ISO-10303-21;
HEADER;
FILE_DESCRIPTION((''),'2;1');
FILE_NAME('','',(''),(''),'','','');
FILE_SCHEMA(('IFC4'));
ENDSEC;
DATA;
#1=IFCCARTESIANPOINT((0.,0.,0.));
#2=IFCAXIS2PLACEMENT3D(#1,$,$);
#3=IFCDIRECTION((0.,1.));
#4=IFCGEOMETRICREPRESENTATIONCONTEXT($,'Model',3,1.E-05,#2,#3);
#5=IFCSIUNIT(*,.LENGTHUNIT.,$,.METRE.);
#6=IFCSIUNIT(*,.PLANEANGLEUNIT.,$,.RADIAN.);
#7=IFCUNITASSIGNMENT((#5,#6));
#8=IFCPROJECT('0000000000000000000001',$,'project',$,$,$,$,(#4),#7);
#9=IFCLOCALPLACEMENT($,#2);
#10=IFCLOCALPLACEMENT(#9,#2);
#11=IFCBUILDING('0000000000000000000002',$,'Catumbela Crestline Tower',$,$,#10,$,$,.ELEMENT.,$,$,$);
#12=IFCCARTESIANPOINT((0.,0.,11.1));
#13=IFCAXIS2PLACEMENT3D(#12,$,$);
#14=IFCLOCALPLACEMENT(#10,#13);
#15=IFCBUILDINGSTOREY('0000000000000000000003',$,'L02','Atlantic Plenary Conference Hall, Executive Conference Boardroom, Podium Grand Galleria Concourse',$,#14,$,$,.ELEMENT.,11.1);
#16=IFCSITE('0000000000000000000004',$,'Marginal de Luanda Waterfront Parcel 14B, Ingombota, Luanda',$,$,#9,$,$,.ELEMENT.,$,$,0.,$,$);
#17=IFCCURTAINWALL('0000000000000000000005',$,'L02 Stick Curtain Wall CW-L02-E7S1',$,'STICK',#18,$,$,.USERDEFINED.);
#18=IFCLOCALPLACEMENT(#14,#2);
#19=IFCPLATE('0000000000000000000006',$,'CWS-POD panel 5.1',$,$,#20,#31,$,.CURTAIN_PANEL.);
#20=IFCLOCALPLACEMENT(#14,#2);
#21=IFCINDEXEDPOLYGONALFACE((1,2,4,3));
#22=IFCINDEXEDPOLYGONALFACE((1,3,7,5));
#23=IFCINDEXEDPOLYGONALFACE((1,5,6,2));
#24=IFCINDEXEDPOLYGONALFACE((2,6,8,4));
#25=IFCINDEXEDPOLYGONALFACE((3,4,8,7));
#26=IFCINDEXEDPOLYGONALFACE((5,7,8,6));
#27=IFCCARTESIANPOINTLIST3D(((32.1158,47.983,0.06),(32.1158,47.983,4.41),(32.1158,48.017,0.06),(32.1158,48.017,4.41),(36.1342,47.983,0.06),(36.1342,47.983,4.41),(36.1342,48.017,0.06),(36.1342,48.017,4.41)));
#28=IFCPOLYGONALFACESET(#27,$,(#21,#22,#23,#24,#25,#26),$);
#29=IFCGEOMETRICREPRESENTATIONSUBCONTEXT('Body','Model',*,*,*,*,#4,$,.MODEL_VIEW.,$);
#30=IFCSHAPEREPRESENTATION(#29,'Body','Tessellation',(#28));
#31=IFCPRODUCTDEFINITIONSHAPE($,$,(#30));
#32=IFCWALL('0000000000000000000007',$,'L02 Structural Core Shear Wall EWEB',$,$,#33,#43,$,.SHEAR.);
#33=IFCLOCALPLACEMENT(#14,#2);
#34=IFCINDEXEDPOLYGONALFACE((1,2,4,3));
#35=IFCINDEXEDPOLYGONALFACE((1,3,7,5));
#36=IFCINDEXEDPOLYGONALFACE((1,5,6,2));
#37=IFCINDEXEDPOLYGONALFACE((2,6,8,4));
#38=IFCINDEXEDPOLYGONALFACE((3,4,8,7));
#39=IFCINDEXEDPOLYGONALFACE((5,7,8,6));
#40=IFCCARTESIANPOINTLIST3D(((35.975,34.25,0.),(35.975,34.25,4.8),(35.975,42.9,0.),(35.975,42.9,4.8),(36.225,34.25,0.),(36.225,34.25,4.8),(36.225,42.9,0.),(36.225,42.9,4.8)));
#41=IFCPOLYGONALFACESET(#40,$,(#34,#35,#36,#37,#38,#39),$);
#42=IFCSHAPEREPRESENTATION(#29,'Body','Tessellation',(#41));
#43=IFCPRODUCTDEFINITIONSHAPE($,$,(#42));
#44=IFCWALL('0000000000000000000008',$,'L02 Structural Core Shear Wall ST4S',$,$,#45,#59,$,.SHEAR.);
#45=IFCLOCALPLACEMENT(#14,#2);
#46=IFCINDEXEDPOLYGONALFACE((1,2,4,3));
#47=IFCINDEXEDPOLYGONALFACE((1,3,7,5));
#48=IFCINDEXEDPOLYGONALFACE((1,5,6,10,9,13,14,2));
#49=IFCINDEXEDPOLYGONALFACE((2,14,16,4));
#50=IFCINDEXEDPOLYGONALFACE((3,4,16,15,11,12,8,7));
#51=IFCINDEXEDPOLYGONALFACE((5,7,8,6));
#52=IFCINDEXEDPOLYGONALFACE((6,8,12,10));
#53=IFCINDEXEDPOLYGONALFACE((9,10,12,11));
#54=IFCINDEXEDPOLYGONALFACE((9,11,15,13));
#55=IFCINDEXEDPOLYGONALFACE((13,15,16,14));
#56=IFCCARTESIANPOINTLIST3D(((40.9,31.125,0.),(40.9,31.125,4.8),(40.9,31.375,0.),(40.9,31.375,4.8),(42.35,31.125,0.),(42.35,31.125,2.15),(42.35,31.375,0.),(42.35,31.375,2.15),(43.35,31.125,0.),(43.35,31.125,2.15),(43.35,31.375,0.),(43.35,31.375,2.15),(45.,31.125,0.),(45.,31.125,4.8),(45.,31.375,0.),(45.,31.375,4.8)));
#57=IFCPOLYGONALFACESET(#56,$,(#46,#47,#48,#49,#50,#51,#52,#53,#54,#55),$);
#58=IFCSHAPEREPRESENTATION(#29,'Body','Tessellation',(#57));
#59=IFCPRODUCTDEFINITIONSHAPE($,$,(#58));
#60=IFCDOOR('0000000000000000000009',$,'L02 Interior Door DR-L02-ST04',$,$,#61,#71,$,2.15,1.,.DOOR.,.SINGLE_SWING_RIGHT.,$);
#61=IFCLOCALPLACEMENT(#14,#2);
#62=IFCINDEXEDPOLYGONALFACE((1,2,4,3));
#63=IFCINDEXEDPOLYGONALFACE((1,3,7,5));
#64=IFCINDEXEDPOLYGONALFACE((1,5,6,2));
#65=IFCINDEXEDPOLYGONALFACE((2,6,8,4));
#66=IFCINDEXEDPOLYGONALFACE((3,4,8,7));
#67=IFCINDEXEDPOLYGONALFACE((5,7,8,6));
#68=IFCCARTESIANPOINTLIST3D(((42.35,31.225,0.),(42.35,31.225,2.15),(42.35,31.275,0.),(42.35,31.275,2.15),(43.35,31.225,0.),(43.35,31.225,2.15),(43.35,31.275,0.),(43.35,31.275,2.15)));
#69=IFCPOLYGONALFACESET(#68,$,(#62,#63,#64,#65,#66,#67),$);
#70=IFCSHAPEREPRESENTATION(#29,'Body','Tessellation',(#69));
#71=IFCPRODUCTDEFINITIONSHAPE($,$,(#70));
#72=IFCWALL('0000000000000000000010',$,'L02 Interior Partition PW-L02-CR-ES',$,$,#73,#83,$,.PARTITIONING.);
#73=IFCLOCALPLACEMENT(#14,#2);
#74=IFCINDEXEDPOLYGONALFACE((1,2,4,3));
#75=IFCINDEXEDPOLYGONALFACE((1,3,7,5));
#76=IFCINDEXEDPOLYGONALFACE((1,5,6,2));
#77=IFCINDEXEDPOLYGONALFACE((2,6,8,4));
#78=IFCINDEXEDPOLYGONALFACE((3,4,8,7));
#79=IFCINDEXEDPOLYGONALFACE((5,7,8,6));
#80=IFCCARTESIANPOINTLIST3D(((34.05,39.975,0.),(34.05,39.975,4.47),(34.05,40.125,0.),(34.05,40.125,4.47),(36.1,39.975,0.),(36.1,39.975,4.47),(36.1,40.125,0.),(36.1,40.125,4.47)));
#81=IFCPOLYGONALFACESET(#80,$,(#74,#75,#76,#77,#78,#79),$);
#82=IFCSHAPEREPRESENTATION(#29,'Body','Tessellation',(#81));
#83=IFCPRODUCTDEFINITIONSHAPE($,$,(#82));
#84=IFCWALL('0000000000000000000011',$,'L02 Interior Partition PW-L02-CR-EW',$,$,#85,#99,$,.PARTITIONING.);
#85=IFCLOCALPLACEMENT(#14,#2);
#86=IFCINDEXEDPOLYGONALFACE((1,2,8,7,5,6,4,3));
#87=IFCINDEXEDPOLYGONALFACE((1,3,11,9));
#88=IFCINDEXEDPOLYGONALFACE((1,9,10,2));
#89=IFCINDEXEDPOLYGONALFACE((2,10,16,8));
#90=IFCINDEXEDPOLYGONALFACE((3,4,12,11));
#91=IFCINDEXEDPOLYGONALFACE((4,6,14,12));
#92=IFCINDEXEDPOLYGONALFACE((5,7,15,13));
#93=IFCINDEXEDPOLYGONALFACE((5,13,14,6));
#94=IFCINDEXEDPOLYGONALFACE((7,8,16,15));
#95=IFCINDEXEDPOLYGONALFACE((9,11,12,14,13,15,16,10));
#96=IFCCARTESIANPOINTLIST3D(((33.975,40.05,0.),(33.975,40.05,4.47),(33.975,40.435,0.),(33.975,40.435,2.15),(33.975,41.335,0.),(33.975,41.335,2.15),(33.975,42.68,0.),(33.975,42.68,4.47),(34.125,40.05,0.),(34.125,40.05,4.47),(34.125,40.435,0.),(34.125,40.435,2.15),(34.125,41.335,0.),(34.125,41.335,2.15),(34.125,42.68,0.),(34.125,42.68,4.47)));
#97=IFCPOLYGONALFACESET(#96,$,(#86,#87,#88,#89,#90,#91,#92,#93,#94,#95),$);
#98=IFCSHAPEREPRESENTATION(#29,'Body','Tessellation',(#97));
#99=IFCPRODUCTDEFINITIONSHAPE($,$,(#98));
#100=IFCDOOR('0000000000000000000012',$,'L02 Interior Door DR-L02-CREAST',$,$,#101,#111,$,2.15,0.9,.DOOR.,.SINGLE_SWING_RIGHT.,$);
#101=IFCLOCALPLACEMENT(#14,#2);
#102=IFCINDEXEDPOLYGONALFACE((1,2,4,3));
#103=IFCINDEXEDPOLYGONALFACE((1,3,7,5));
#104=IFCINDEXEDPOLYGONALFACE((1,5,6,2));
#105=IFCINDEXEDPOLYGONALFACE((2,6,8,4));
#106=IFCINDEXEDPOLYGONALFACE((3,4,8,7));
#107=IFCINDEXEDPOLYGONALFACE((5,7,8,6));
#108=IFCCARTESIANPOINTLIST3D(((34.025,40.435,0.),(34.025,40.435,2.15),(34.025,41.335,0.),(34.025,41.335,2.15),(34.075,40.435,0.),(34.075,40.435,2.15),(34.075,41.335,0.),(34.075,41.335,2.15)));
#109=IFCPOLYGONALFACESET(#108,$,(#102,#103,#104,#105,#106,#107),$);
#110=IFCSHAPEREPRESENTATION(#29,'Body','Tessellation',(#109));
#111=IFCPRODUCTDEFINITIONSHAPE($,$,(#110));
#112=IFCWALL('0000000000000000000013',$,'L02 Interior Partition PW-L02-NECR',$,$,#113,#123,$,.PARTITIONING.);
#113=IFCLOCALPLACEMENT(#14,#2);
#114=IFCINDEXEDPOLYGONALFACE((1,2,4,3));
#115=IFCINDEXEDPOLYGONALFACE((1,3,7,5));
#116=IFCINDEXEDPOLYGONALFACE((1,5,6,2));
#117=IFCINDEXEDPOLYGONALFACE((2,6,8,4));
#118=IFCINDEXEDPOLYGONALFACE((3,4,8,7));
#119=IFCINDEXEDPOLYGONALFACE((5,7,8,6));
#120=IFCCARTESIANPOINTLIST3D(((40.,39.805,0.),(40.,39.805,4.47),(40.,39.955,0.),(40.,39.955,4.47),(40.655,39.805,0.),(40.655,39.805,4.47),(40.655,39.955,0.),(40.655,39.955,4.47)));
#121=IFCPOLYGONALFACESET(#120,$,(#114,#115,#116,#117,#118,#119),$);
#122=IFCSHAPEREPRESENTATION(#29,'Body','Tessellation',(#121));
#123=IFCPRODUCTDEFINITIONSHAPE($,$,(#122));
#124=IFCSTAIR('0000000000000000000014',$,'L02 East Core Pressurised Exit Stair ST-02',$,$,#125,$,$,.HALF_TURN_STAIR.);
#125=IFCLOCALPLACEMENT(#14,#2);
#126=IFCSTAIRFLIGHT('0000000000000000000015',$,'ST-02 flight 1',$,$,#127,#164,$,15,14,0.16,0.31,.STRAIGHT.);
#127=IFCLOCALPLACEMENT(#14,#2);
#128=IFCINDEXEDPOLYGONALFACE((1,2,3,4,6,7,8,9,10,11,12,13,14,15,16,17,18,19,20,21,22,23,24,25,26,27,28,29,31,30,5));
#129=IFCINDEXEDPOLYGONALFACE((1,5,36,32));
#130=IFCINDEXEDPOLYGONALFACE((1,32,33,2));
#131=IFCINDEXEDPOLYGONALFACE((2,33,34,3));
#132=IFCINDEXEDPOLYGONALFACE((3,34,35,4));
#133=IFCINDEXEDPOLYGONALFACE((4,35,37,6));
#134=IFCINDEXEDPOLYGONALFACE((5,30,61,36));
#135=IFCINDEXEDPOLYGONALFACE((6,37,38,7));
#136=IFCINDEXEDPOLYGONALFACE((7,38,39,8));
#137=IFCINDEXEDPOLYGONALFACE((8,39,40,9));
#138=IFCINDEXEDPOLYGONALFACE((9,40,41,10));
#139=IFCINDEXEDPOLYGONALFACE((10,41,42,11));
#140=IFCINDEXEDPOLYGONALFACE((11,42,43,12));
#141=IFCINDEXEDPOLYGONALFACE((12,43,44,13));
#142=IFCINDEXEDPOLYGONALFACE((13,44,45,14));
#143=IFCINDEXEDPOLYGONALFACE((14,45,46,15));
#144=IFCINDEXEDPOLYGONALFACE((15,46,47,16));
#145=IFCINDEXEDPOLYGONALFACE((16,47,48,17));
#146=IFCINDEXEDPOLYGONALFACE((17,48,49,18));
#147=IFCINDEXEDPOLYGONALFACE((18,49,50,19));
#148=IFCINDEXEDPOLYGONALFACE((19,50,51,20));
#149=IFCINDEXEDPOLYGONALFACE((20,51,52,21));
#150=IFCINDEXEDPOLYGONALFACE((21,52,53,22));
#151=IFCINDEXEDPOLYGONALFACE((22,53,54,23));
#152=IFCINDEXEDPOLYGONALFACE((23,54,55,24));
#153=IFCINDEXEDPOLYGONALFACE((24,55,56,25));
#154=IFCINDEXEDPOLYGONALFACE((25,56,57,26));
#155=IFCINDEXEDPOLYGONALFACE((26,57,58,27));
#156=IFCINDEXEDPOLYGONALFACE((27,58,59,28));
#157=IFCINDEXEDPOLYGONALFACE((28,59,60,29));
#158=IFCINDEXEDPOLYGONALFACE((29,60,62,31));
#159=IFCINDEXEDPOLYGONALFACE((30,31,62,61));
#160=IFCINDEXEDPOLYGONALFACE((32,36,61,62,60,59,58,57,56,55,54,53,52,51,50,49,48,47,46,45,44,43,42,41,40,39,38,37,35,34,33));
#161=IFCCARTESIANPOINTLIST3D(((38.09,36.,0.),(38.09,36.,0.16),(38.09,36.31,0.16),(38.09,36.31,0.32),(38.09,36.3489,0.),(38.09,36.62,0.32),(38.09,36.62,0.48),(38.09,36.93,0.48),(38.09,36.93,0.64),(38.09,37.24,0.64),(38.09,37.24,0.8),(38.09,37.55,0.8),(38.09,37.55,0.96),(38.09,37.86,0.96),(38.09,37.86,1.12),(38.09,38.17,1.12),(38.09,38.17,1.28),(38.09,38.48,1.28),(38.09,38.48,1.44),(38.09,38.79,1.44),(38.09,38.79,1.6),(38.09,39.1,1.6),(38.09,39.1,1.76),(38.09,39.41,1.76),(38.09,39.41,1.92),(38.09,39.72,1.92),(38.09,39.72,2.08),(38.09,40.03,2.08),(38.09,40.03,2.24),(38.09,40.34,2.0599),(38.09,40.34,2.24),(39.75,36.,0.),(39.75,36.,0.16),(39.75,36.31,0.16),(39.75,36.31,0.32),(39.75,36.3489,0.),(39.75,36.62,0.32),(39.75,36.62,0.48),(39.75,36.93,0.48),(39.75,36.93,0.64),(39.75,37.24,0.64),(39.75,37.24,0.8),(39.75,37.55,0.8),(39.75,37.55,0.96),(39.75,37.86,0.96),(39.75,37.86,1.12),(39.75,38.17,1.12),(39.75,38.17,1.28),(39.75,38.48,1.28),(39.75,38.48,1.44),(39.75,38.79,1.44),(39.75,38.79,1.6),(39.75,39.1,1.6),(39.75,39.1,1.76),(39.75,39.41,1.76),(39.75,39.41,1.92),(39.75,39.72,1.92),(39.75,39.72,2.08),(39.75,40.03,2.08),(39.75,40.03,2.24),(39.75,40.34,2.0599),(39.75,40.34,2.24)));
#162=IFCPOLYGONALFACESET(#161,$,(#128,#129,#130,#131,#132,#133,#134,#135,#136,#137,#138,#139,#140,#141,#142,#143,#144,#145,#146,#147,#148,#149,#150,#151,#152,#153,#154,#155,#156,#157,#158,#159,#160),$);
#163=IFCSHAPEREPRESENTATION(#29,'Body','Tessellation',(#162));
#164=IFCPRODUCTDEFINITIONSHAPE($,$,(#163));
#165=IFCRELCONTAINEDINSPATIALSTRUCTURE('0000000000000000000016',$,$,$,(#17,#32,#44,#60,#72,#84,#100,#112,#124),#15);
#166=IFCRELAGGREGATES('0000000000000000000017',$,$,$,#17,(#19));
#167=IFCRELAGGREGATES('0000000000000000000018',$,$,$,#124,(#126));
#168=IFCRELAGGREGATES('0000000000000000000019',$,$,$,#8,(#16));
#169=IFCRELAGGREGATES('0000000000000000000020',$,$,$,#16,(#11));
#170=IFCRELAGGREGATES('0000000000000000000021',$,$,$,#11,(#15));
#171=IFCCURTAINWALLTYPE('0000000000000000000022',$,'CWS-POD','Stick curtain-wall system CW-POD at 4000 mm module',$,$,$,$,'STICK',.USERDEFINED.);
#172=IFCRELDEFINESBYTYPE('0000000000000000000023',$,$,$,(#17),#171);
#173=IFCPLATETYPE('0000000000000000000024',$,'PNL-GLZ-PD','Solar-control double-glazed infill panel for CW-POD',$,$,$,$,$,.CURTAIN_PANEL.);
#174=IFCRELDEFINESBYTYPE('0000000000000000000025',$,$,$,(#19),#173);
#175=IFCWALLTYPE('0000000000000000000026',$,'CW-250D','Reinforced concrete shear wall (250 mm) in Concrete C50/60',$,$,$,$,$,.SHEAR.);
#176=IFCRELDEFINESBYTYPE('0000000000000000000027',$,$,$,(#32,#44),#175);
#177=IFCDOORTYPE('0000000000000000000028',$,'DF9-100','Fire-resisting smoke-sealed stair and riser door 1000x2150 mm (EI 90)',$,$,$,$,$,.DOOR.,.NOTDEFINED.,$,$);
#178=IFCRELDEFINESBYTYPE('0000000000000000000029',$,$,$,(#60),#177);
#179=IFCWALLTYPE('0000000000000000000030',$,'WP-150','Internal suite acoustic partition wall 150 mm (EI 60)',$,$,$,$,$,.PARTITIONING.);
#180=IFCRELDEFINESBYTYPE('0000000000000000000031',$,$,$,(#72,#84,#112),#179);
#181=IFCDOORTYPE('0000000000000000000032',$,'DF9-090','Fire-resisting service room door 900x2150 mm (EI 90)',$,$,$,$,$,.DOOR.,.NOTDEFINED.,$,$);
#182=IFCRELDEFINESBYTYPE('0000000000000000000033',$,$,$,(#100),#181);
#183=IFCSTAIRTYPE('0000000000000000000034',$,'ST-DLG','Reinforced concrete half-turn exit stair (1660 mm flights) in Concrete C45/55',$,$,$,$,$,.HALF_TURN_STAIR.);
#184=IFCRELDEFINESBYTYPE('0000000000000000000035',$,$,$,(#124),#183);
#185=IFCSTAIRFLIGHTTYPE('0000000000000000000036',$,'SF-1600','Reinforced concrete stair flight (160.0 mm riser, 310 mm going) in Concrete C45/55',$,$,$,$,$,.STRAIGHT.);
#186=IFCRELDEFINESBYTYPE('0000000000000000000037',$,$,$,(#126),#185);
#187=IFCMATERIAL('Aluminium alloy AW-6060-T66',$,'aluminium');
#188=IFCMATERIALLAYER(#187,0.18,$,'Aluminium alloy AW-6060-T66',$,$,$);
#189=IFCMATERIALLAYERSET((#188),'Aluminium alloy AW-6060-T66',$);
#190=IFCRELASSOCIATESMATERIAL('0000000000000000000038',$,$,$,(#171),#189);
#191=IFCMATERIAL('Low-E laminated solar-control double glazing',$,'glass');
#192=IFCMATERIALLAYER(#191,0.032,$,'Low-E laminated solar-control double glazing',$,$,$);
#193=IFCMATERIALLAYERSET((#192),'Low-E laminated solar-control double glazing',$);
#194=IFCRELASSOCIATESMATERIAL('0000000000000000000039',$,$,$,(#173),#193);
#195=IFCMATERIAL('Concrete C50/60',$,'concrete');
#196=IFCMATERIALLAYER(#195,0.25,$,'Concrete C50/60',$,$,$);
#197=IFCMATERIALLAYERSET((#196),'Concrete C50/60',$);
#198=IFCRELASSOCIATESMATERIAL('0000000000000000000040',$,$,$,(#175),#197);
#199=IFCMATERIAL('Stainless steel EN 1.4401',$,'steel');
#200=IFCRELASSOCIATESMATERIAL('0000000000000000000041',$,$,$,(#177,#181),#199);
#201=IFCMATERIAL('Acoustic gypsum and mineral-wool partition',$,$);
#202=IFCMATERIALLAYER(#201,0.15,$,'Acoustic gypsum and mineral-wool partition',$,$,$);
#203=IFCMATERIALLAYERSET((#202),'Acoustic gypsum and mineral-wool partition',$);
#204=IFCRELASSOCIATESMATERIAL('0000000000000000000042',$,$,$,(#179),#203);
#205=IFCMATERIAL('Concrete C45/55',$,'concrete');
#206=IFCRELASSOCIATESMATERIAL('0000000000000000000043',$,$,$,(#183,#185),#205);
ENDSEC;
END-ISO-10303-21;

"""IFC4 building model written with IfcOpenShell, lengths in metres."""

from ifc_helpers import new_model, si_unit, direction, frame, frame_2d, origin, origin_2d, place, context, subcontext, project, spatial, polyline, rectangle, outline, extrude, material, layer, layer_set, type_object, element, fill, aggregate, save


model = new_model("IFC4")

# Units and contexts
model_context = context("Model", 3, precision=1e-05, world=origin(), true_north=direction((0.0, 1.0)))
body_context = subcontext(model_context, "Body", "Model", "MODEL_VIEW")
ifc_project = project(units=[si_unit("LENGTHUNIT", "METRE"), si_unit("PLANEANGLEUNIT", "RADIAN")], contexts=[model_context])

# Site, building, storey
site_placement = place(None, origin())
site = spatial("IfcSite", under=ifc_project, at=site_placement, Name="Marginal de Luanda Waterfront Parcel 14B, Ingombota, Luanda", CompositionType="ELEMENT", RefElevation=0.0)
building_placement = place(site_placement, origin())
building = spatial("IfcBuilding", under=site, at=building_placement, Name="Catumbela Crestline Tower", CompositionType="ELEMENT")
storey_placement = place(building_placement, frame((0.0, 0.0, 11.1)))
storey = spatial("IfcBuildingStorey", under=building, at=storey_placement, Name="L02", Description="Atlantic Plenary Conference Hall, Executive Conference Boardroom, Podium Grand Galleria Concourse", CompositionType="ELEMENT", Elevation=11.1)

# Curtain wall
ifc_material_1 = material(Name="Aluminium alloy AW-6060-T66", Category="aluminium")
ifc_layer_1 = layer(ifc_material_1, 0.18, Name="Aluminium alloy AW-6060-T66")
ifc_layer_set_1 = layer_set([ifc_layer_1], Name="Aluminium alloy AW-6060-T66")
curtain_wall_type = type_object("IfcCurtainWallType", Name="CWS-POD", Description="Stick curtain-wall system CW-POD at 4000 mm module", ElementType="STICK", PredefinedType="USERDEFINED", material=ifc_layer_set_1)
curtain_wall_placement = place(storey_placement, origin())
curtain_wall = element("IfcCurtainWall", 1, at=curtain_wall_placement, inside=storey, type_object=curtain_wall_type, Name="L02 Stick Curtain Wall CW-L02-E7S1", ObjectType="STICK", PredefinedType="USERDEFINED")

# Plate
ifc_material_2 = material(Name="Low-E laminated solar-control double glazing", Category="glass")
ifc_layer_2 = layer(ifc_material_2, 0.032, Name="Low-E laminated solar-control double glazing")
ifc_layer_set_2 = layer_set([ifc_layer_2], Name="Low-E laminated solar-control double glazing")
plate_type = type_object("IfcPlateType", Name="PNL-GLZ-PD", Description="Solar-control double-glazed infill panel for CW-POD", PredefinedType="CURTAIN_PANEL", material=ifc_layer_set_2)
plate_1_placement = place(storey_placement, frame((34.125, 48.0, 0.06), z_axis=(0.0, 0.0, 1.0), x_axis=(-1.0, 0.0, 0.0)))
plate_1 = element("IfcPlate", 2, at=plate_1_placement, type_object=plate_type, Name="CWS-POD panel 5.1", PredefinedType="CURTAIN_PANEL", context=body_context, shape_type="SweptSolid", body=[
    extrude(rectangle(XDim=4.0183, YDim=0.034, at=origin_2d()), origin(), (0.0, 0.0, 1.0), 4.35),
])
aggregate(curtain_wall, [plate_1])

# Wall
ifc_material_3 = material(Name="Concrete C50/60", Category="concrete")
ifc_layer_3 = layer(ifc_material_3, 0.25, Name="Concrete C50/60")
ifc_layer_set_3 = layer_set([ifc_layer_3], Name="Concrete C50/60")
wall_type_1 = type_object("IfcWallType", Name="CW-250D", Description="Reinforced concrete shear wall (250 mm) in Concrete C50/60", PredefinedType="SHEAR", material=ifc_layer_set_3)
wall_1_placement = place(storey_placement, frame((36.1, 34.25, 0.0), z_axis=(0.0, 0.0, 1.0), x_axis=(0.0, 1.0, 0.0)))
element("IfcWall", 3, at=wall_1_placement, inside=storey, type_object=wall_type_1, Name="L02 Structural Core Shear Wall EWEB", PredefinedType="SHEAR", context=body_context, shape_type="SweptSolid", body=[
    extrude(rectangle(XDim=8.65, YDim=0.25, at=frame_2d((4.325, 0.0))), origin(), (0.0, 0.0, 1.0), 4.8),
])

# Wall, opening, door
wall_2_placement = place(storey_placement, frame((40.9, 31.25, 0.0), z_axis=(0.0, 0.0, 1.0), x_axis=(1.0, 0.0, 0.0)))
wall_2 = element("IfcWall", 4, at=wall_2_placement, inside=storey, type_object=wall_type_1, Name="L02 Structural Core Shear Wall ST4S", PredefinedType="SHEAR", context=body_context, shape_type="SweptSolid", body=[
    extrude(rectangle(XDim=4.1, YDim=0.25, at=frame_2d((2.05, 0.0))), origin(), (0.0, 0.0, 1.0), 4.8),
])
opening_1_placement = place(wall_2_placement, frame((1.45, 0.0, 0.0)))
opening_1 = element("IfcOpeningElement", 5, at=opening_1_placement, cuts=wall_2, PredefinedType="OPENING", context=body_context, shape_type="SweptSolid", body=[
    extrude(rectangle(XDim=1.0, YDim=2.15, at=frame_2d((0.5, 1.075))), frame((0.0, 0.135, 0.0), z_axis=(0.0, -1.0, 0.0), x_axis=(1.0, 0.0, 0.0)), (0.0, 0.0, 1.0), 0.27),
])
ifc_material_4 = material(Name="Stainless steel EN 1.4401", Category="steel")
door_type_1 = type_object("IfcDoorType", Name="DF9-100", Description="Fire-resisting smoke-sealed stair and riser door 1000x2150 mm (EI 90)", OperationType="NOTDEFINED", PredefinedType="DOOR", material=ifc_material_4)
door_1_placement = place(opening_1_placement, origin())
door_1 = element("IfcDoor", 6, at=door_1_placement, inside=storey, type_object=door_type_1, Name="L02 Interior Door DR-L02-ST04", OperationType="SINGLE_SWING_RIGHT", OverallHeight=2.15, OverallWidth=1.0, PredefinedType="DOOR", context=body_context, shape_type="SweptSolid", body=[
    extrude(rectangle(XDim=1.0, YDim=2.15, at=frame_2d((0.5, 1.075))), frame((0.0, 0.025, 0.0), z_axis=(0.0, -1.0, 0.0), x_axis=(1.0, 0.0, 0.0)), (0.0, 0.0, 1.0), 0.05),
])
fill(opening_1, door_1)

# Wall
ifc_material_5 = material(Name="Acoustic gypsum and mineral-wool partition")
ifc_layer_4 = layer(ifc_material_5, 0.15, Name="Acoustic gypsum and mineral-wool partition")
ifc_layer_set_4 = layer_set([ifc_layer_4], Name="Acoustic gypsum and mineral-wool partition")
wall_type_2 = type_object("IfcWallType", Name="WP-150", Description="Internal suite acoustic partition wall 150 mm (EI 60)", PredefinedType="PARTITIONING", material=ifc_layer_set_4)
wall_3_placement = place(storey_placement, frame((34.05, 40.05, 0.0), z_axis=(0.0, 0.0, 1.0), x_axis=(1.0, 0.0, 0.0)))
element("IfcWall", 7, at=wall_3_placement, inside=storey, type_object=wall_type_2, Name="L02 Interior Partition PW-L02-CR-ES", PredefinedType="PARTITIONING", context=body_context, shape_type="SweptSolid", body=[
    extrude(rectangle(XDim=2.05, YDim=0.15, at=frame_2d((1.025, 0.0))), origin(), (0.0, 0.0, 1.0), 4.47),
])

# Wall, opening, door
wall_4_placement = place(storey_placement, frame((34.05, 40.05, 0.0), z_axis=(0.0, 0.0, 1.0), x_axis=(0.0, 1.0, 0.0)))
wall_4 = element("IfcWall", 8, at=wall_4_placement, inside=storey, type_object=wall_type_2, Name="L02 Interior Partition PW-L02-CR-EW", PredefinedType="PARTITIONING", context=body_context, shape_type="SweptSolid", body=[
    extrude(rectangle(XDim=2.63, YDim=0.15, at=frame_2d((1.315, 0.0))), origin(), (0.0, 0.0, 1.0), 4.47),
])
opening_2_placement = place(wall_4_placement, frame((0.385, 0.0, 0.0)))
opening_2 = element("IfcOpeningElement", 9, at=opening_2_placement, cuts=wall_4, PredefinedType="OPENING", context=body_context, shape_type="SweptSolid", body=[
    extrude(rectangle(XDim=0.9, YDim=2.15, at=frame_2d((0.45, 1.075))), frame((0.0, 0.085, 0.0), z_axis=(0.0, -1.0, 0.0), x_axis=(1.0, 0.0, 0.0)), (0.0, 0.0, 1.0), 0.17),
])
door_type_2 = type_object("IfcDoorType", Name="DF9-090", Description="Fire-resisting service room door 900x2150 mm (EI 90)", OperationType="NOTDEFINED", PredefinedType="DOOR", material=ifc_material_4)
door_2_placement = place(opening_2_placement, origin())
door_2 = element("IfcDoor", 10, at=door_2_placement, inside=storey, type_object=door_type_2, Name="L02 Interior Door DR-L02-CREAST", OperationType="SINGLE_SWING_RIGHT", OverallHeight=2.15, OverallWidth=0.9, PredefinedType="DOOR", context=body_context, shape_type="SweptSolid", body=[
    extrude(rectangle(XDim=0.9, YDim=2.15, at=frame_2d((0.45, 1.075))), frame((0.0, 0.025, 0.0), z_axis=(0.0, -1.0, 0.0), x_axis=(1.0, 0.0, 0.0)), (0.0, 0.0, 1.0), 0.05),
])
fill(opening_2, door_2)

# Wall
wall_5_placement = place(storey_placement, frame((40.0, 39.88, 0.0), z_axis=(0.0, 0.0, 1.0), x_axis=(1.0, 0.0, 0.0)))
element("IfcWall", 11, at=wall_5_placement, inside=storey, type_object=wall_type_2, Name="L02 Interior Partition PW-L02-NECR", PredefinedType="PARTITIONING", context=body_context, shape_type="SweptSolid", body=[
    extrude(rectangle(XDim=0.655, YDim=0.15, at=frame_2d((0.3275, 0.0))), origin(), (0.0, 0.0, 1.0), 4.47),
])

# Stair, stair flight
ifc_material_6 = material(Name="Concrete C45/55", Category="concrete")
stair_type = type_object("IfcStairType", Name="ST-DLG", Description="Reinforced concrete half-turn exit stair (1660 mm flights) in Concrete C45/55", PredefinedType="HALF_TURN_STAIR", material=ifc_material_6)
stair_placement = place(storey_placement, origin())
stair = element("IfcStair", 12, at=stair_placement, inside=storey, type_object=stair_type, Name="L02 East Core Pressurised Exit Stair ST-02", PredefinedType="HALF_TURN_STAIR")
stair_flight_type = type_object("IfcStairFlightType", Name="SF-1600", Description="Reinforced concrete stair flight (160.0 mm riser, 310 mm going) in Concrete C45/55", PredefinedType="STRAIGHT", material=ifc_material_6)
stair_flight_1_placement = place(storey_placement, frame((38.92, 36.0, 0.0), z_axis=(0.0, 0.0, 1.0), x_axis=(0.0, 1.0, 0.0)))
stair_flight_1 = element("IfcStairFlight", 13, at=stair_flight_1_placement, type_object=stair_flight_type, Name="ST-02 flight 1", NumberOfRisers=15, NumberOfTreads=14, PredefinedType="STRAIGHT", RiserHeight=0.16, TreadLength=0.31, context=body_context, shape_type="SweptSolid", body=[
    extrude(outline(polyline([(0.0, 0.0), (0.0, 0.16), (0.31, 0.16), (0.31, 0.32), (0.62, 0.32), (0.62, 0.48), (0.93, 0.48), (0.93, 0.64), (1.24, 0.64), (1.24, 0.8), (1.55, 0.8), (1.55, 0.96), (1.86, 0.96), (1.86, 1.12), (2.17, 1.12), (2.17, 1.28), (2.48, 1.28), (2.48, 1.44), (2.79, 1.44), (2.79, 1.6), (3.1, 1.6), (3.1, 1.76), (3.41, 1.76), (3.41, 1.92), (3.72, 1.92), (3.72, 2.08), (4.03, 2.08), (4.03, 2.24), (4.34, 2.24), (4.34, 2.4), (4.34, 2.0599), (0.3489, 0.0), (0.0, 0.0)])), frame((0.0, 0.83, 0.0), z_axis=(0.0, -1.0, 0.0), x_axis=(1.0, 0.0, 0.0)), (0.0, 0.0, 1.0), 1.66),
])
aggregate(stair, [stair_flight_1])

save(model, "model.ifc")
